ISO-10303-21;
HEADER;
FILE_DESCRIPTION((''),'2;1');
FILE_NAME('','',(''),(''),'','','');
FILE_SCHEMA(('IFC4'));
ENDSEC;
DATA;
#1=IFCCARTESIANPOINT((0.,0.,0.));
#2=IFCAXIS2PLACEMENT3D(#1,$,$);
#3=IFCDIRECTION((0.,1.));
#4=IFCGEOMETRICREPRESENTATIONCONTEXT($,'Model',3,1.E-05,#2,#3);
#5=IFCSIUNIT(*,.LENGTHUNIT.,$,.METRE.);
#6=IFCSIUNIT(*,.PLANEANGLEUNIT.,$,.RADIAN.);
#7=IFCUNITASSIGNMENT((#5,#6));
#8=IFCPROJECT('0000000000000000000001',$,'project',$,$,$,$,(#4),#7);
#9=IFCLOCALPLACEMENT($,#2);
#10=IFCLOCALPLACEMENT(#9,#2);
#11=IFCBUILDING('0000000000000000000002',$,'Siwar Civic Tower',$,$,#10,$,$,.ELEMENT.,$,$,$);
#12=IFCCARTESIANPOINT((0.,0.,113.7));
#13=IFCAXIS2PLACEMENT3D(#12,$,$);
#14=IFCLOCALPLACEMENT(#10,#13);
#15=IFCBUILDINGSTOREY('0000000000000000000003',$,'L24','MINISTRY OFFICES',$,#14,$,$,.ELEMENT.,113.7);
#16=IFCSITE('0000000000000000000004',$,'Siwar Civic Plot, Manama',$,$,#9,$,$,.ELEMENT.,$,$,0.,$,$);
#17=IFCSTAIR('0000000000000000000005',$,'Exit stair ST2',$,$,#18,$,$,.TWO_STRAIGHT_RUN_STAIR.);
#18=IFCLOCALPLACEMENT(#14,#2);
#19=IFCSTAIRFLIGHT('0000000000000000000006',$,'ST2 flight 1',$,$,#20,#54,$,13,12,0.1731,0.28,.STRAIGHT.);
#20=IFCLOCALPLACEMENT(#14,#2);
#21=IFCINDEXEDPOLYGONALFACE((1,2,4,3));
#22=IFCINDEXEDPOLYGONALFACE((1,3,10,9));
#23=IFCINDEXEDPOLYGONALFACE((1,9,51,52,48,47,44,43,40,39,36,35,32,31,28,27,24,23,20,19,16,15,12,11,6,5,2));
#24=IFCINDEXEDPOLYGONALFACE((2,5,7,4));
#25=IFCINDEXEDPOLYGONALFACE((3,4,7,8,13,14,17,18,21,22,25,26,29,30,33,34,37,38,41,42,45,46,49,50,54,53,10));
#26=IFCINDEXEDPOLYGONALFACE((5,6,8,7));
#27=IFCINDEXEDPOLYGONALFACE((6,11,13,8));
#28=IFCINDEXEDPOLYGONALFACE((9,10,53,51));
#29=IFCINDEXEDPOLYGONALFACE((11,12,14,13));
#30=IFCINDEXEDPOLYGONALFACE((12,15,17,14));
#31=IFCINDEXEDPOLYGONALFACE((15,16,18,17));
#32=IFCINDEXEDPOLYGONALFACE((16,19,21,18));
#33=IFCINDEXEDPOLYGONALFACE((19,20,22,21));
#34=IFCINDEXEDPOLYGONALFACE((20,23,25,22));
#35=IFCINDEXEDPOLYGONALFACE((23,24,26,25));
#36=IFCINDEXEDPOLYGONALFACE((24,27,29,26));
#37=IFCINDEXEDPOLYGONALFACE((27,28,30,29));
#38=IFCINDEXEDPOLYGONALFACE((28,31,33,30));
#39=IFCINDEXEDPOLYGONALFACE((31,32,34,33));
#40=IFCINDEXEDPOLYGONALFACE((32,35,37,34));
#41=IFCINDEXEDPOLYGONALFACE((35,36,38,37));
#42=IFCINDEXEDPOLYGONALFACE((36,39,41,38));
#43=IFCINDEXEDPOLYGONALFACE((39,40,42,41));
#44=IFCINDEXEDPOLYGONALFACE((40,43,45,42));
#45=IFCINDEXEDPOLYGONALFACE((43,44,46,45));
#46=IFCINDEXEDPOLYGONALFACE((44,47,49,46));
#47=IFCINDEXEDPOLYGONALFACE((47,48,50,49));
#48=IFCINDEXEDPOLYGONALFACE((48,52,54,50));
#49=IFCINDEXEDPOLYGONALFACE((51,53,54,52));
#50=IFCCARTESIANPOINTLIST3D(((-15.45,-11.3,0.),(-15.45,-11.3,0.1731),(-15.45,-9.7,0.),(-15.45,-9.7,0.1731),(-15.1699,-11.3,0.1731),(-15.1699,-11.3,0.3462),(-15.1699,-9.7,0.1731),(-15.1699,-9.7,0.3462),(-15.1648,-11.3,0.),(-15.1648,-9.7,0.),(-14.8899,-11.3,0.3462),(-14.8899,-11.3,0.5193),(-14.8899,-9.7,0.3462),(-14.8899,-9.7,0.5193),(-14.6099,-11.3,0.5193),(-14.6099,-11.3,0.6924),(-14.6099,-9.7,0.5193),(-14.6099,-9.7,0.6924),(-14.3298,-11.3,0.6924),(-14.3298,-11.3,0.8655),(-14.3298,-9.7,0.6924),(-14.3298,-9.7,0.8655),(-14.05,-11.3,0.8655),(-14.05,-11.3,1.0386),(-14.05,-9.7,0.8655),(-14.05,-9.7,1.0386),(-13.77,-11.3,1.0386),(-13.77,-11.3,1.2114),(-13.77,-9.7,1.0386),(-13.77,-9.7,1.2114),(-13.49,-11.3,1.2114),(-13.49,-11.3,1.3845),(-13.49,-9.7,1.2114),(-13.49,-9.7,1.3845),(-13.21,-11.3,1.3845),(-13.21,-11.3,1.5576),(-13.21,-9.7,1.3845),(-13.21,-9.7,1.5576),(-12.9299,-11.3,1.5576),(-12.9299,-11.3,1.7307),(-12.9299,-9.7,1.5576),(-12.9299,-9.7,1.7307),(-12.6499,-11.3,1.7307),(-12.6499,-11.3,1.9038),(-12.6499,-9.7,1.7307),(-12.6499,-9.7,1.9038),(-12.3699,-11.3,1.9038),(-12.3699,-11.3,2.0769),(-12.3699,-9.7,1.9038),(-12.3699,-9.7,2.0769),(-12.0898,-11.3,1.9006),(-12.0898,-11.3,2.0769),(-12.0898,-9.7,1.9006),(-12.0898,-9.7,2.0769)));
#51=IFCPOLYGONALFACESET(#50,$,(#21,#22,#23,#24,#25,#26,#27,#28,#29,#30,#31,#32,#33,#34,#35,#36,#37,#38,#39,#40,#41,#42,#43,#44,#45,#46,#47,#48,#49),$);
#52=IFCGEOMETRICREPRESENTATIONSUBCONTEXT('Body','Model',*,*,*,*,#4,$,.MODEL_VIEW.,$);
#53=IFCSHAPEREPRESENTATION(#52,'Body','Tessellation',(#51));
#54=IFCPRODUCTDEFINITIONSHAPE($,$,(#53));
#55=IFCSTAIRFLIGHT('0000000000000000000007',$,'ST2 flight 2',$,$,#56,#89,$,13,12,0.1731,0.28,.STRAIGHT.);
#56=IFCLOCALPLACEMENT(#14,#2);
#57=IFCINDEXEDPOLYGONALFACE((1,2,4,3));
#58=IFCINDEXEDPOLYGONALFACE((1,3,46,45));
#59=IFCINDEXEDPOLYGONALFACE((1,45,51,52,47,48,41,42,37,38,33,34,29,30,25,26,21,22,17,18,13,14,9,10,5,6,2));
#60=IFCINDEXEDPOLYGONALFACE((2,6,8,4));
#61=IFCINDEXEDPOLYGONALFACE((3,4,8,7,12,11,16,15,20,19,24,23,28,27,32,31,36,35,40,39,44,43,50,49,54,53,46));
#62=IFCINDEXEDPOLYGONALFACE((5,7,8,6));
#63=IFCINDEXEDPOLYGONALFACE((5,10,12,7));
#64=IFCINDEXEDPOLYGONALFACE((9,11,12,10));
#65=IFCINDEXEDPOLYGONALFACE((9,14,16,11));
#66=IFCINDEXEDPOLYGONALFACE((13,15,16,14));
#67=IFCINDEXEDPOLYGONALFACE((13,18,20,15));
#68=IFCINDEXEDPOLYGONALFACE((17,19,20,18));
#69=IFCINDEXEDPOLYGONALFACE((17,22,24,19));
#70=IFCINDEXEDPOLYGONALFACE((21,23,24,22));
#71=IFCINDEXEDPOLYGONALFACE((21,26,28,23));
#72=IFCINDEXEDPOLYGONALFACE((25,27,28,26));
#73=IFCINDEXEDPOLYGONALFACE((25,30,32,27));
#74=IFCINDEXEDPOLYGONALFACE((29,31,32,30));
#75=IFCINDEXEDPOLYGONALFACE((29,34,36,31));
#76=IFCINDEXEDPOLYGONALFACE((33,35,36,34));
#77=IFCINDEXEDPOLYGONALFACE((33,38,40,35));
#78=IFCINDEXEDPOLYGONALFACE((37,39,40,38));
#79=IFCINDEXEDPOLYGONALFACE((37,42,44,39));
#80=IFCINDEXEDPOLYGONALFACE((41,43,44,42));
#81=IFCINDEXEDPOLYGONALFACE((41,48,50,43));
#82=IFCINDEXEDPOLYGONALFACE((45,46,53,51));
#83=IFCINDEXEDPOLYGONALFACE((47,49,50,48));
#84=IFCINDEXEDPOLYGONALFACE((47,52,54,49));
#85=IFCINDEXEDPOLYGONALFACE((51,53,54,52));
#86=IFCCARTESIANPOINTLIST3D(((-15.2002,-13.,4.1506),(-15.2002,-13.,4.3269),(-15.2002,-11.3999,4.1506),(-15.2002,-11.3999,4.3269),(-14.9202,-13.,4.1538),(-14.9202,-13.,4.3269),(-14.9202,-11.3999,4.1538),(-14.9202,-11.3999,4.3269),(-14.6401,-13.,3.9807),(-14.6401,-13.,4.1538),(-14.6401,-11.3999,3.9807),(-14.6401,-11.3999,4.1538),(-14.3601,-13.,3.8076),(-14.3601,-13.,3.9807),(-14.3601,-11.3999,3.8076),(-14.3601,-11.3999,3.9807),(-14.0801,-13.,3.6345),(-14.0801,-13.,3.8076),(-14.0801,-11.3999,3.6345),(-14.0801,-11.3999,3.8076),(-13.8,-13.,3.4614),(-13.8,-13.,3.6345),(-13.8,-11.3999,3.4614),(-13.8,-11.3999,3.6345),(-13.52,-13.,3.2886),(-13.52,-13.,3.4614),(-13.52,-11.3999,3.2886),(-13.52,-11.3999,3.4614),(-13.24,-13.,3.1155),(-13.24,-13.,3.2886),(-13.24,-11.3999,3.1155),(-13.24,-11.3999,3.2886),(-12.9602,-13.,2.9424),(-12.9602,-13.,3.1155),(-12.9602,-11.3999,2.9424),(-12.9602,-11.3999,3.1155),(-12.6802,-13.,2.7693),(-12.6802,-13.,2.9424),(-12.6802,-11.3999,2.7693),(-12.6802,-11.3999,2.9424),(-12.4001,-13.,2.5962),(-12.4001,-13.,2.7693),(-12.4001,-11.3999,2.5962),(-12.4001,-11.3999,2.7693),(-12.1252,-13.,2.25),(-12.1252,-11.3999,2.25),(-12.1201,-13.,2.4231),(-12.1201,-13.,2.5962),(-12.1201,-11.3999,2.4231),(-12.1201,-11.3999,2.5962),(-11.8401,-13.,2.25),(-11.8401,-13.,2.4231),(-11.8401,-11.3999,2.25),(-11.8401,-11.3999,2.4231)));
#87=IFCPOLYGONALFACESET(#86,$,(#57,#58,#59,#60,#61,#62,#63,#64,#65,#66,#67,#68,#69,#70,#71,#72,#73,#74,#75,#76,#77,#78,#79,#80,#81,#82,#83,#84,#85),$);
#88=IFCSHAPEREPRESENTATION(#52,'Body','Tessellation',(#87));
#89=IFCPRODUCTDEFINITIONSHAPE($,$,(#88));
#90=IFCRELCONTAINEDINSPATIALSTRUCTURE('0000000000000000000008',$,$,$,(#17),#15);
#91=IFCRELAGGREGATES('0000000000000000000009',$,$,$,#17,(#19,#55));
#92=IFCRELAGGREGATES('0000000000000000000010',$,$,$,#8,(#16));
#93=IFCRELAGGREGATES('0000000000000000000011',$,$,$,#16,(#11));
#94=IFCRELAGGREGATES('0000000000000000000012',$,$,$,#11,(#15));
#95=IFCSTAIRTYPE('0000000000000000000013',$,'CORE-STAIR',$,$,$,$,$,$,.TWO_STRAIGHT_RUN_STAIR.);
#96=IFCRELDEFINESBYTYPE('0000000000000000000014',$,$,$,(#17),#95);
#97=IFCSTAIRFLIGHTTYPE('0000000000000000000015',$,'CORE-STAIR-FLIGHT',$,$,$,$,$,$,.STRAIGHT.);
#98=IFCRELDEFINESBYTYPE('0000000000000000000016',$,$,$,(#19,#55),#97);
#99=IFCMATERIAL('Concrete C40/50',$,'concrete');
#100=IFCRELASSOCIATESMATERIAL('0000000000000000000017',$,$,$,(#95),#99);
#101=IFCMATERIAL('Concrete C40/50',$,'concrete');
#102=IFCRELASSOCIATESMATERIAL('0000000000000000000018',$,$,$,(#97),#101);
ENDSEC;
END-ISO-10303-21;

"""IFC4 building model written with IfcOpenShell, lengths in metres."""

from ifc_helpers import new_model, si_unit, direction, frame, origin, place, context, subcontext, project, spatial, polyline, outline, extrude, material, type_object, element, aggregate, save


model = new_model("IFC4")

# Units and contexts
model_context = context("Model", 3, precision=1e-05, world=origin(), true_north=direction((0.0, 1.0)))
body_context = subcontext(model_context, "Body", "Model", "MODEL_VIEW")
ifc_project = project(units=[si_unit("LENGTHUNIT", "METRE"), si_unit("PLANEANGLEUNIT", "RADIAN")], contexts=[model_context])

# Site, building, storey
site_placement = place(None, origin())
site = spatial("IfcSite", under=ifc_project, at=site_placement, Name="Siwar Civic Plot, Manama", CompositionType="ELEMENT", RefElevation=0.0)
building_placement = place(site_placement, origin())
building = spatial("IfcBuilding", under=site, at=building_placement, Name="Siwar Civic Tower", CompositionType="ELEMENT")
storey_placement = place(building_placement, frame((0.0, 0.0, 113.7)))
storey = spatial("IfcBuildingStorey", under=building, at=storey_placement, Name="L24", Description="MINISTRY OFFICES", CompositionType="ELEMENT", Elevation=113.7)

# Stair, stair flights
ifc_material_1 = material(Name="Concrete C40/50", Category="concrete")
stair_type = type_object("IfcStairType", Name="CORE-STAIR", PredefinedType="TWO_STRAIGHT_RUN_STAIR", material=ifc_material_1)
stair_placement = place(storey_placement, origin())
stair = element("IfcStair", 1, at=stair_placement, inside=storey, type_object=stair_type, Name="Exit stair ST2", PredefinedType="TWO_STRAIGHT_RUN_STAIR")
ifc_material_2 = material(Name="Concrete C40/50", Category="concrete")
stair_flight_type = type_object("IfcStairFlightType", Name="CORE-STAIR-FLIGHT", PredefinedType="STRAIGHT", material=ifc_material_2)
stair_flight_1_placement = place(storey_placement, frame((-15.45, -10.5, 0.0), z_axis=(0.0, 0.0, 1.0), x_axis=(1.0, 0.0, 0.0)))
stair_flight_1 = element("IfcStairFlight", 2, at=stair_flight_1_placement, type_object=stair_flight_type, Name="ST2 flight 1", NumberOfRisers=13, NumberOfTreads=12, PredefinedType="STRAIGHT", RiserHeight=0.1731, TreadLength=0.28, context=body_context, shape_type="SweptSolid", body=[
    extrude(outline(polyline([(0.0, 0.0), (0.0, 0.1731), (0.28, 0.1731), (0.28, 0.3462), (0.5601, 0.3462), (0.5601, 0.5193), (0.8401, 0.5193), (0.8401, 0.6924), (1.1201, 0.6924), (1.1201, 0.8655), (1.3999, 0.8655), (1.3999, 1.0386), (1.6799, 1.0386), (1.6799, 1.2114), (1.96, 1.2114), (1.96, 1.3845), (2.24, 1.3845), (2.24, 1.5576), (2.52, 1.5576), (2.52, 1.7307), (2.8, 1.7307), (2.8, 1.9038), (3.0801, 1.9038), (3.0801, 2.0769), (3.3601, 2.0769), (3.3601, 2.25), (3.3601, 1.9006), (0.2852, 0.0), (0.0, 0.0)])), frame((0.0, 0.8, 0.0), z_axis=(0.0, -1.0, 0.0), x_axis=(1.0, 0.0, 0.0)), (0.0, 0.0, 1.0), 1.6001),
])
stair_flight_2_placement = place(storey_placement, frame((-11.8401, -12.2, 2.25), z_axis=(0.0, 0.0, 1.0), x_axis=(-1.0, 0.0, 0.0)))
stair_flight_2 = element("IfcStairFlight", 3, at=stair_flight_2_placement, type_object=stair_flight_type, Name="ST2 flight 2", NumberOfRisers=13, NumberOfTreads=12, PredefinedType="STRAIGHT", RiserHeight=0.1731, TreadLength=0.28, context=body_context, shape_type="SweptSolid", body=[
    extrude(outline(polyline([(0.0, 0.0), (0.0, 0.1731), (0.28, 0.1731), (0.28, 0.3462), (0.5601, 0.3462), (0.5601, 0.5193), (0.8401, 0.5193), (0.8401, 0.6924), (1.1201, 0.6924), (1.1201, 0.8655), (1.3999, 0.8655), (1.3999, 1.0386), (1.6799, 1.0386), (1.6799, 1.2114), (1.96, 1.2114), (1.96, 1.3845), (2.24, 1.3845), (2.24, 1.5576), (2.52, 1.5576), (2.52, 1.7307), (2.8, 1.7307), (2.8, 1.9038), (3.0801, 1.9038), (3.0801, 2.0769), (3.3601, 2.0769), (3.3601, 2.25), (3.3601, 1.9006), (0.2852, 0.0), (0.0, 0.0)])), frame((0.0, 0.8, 0.0), z_axis=(0.0, -1.0, 0.0), x_axis=(1.0, 0.0, 0.0)), (0.0, 0.0, 1.0), 1.6001),
])
aggregate(stair, [stair_flight_1, stair_flight_2])

save(model, "model.ifc")
